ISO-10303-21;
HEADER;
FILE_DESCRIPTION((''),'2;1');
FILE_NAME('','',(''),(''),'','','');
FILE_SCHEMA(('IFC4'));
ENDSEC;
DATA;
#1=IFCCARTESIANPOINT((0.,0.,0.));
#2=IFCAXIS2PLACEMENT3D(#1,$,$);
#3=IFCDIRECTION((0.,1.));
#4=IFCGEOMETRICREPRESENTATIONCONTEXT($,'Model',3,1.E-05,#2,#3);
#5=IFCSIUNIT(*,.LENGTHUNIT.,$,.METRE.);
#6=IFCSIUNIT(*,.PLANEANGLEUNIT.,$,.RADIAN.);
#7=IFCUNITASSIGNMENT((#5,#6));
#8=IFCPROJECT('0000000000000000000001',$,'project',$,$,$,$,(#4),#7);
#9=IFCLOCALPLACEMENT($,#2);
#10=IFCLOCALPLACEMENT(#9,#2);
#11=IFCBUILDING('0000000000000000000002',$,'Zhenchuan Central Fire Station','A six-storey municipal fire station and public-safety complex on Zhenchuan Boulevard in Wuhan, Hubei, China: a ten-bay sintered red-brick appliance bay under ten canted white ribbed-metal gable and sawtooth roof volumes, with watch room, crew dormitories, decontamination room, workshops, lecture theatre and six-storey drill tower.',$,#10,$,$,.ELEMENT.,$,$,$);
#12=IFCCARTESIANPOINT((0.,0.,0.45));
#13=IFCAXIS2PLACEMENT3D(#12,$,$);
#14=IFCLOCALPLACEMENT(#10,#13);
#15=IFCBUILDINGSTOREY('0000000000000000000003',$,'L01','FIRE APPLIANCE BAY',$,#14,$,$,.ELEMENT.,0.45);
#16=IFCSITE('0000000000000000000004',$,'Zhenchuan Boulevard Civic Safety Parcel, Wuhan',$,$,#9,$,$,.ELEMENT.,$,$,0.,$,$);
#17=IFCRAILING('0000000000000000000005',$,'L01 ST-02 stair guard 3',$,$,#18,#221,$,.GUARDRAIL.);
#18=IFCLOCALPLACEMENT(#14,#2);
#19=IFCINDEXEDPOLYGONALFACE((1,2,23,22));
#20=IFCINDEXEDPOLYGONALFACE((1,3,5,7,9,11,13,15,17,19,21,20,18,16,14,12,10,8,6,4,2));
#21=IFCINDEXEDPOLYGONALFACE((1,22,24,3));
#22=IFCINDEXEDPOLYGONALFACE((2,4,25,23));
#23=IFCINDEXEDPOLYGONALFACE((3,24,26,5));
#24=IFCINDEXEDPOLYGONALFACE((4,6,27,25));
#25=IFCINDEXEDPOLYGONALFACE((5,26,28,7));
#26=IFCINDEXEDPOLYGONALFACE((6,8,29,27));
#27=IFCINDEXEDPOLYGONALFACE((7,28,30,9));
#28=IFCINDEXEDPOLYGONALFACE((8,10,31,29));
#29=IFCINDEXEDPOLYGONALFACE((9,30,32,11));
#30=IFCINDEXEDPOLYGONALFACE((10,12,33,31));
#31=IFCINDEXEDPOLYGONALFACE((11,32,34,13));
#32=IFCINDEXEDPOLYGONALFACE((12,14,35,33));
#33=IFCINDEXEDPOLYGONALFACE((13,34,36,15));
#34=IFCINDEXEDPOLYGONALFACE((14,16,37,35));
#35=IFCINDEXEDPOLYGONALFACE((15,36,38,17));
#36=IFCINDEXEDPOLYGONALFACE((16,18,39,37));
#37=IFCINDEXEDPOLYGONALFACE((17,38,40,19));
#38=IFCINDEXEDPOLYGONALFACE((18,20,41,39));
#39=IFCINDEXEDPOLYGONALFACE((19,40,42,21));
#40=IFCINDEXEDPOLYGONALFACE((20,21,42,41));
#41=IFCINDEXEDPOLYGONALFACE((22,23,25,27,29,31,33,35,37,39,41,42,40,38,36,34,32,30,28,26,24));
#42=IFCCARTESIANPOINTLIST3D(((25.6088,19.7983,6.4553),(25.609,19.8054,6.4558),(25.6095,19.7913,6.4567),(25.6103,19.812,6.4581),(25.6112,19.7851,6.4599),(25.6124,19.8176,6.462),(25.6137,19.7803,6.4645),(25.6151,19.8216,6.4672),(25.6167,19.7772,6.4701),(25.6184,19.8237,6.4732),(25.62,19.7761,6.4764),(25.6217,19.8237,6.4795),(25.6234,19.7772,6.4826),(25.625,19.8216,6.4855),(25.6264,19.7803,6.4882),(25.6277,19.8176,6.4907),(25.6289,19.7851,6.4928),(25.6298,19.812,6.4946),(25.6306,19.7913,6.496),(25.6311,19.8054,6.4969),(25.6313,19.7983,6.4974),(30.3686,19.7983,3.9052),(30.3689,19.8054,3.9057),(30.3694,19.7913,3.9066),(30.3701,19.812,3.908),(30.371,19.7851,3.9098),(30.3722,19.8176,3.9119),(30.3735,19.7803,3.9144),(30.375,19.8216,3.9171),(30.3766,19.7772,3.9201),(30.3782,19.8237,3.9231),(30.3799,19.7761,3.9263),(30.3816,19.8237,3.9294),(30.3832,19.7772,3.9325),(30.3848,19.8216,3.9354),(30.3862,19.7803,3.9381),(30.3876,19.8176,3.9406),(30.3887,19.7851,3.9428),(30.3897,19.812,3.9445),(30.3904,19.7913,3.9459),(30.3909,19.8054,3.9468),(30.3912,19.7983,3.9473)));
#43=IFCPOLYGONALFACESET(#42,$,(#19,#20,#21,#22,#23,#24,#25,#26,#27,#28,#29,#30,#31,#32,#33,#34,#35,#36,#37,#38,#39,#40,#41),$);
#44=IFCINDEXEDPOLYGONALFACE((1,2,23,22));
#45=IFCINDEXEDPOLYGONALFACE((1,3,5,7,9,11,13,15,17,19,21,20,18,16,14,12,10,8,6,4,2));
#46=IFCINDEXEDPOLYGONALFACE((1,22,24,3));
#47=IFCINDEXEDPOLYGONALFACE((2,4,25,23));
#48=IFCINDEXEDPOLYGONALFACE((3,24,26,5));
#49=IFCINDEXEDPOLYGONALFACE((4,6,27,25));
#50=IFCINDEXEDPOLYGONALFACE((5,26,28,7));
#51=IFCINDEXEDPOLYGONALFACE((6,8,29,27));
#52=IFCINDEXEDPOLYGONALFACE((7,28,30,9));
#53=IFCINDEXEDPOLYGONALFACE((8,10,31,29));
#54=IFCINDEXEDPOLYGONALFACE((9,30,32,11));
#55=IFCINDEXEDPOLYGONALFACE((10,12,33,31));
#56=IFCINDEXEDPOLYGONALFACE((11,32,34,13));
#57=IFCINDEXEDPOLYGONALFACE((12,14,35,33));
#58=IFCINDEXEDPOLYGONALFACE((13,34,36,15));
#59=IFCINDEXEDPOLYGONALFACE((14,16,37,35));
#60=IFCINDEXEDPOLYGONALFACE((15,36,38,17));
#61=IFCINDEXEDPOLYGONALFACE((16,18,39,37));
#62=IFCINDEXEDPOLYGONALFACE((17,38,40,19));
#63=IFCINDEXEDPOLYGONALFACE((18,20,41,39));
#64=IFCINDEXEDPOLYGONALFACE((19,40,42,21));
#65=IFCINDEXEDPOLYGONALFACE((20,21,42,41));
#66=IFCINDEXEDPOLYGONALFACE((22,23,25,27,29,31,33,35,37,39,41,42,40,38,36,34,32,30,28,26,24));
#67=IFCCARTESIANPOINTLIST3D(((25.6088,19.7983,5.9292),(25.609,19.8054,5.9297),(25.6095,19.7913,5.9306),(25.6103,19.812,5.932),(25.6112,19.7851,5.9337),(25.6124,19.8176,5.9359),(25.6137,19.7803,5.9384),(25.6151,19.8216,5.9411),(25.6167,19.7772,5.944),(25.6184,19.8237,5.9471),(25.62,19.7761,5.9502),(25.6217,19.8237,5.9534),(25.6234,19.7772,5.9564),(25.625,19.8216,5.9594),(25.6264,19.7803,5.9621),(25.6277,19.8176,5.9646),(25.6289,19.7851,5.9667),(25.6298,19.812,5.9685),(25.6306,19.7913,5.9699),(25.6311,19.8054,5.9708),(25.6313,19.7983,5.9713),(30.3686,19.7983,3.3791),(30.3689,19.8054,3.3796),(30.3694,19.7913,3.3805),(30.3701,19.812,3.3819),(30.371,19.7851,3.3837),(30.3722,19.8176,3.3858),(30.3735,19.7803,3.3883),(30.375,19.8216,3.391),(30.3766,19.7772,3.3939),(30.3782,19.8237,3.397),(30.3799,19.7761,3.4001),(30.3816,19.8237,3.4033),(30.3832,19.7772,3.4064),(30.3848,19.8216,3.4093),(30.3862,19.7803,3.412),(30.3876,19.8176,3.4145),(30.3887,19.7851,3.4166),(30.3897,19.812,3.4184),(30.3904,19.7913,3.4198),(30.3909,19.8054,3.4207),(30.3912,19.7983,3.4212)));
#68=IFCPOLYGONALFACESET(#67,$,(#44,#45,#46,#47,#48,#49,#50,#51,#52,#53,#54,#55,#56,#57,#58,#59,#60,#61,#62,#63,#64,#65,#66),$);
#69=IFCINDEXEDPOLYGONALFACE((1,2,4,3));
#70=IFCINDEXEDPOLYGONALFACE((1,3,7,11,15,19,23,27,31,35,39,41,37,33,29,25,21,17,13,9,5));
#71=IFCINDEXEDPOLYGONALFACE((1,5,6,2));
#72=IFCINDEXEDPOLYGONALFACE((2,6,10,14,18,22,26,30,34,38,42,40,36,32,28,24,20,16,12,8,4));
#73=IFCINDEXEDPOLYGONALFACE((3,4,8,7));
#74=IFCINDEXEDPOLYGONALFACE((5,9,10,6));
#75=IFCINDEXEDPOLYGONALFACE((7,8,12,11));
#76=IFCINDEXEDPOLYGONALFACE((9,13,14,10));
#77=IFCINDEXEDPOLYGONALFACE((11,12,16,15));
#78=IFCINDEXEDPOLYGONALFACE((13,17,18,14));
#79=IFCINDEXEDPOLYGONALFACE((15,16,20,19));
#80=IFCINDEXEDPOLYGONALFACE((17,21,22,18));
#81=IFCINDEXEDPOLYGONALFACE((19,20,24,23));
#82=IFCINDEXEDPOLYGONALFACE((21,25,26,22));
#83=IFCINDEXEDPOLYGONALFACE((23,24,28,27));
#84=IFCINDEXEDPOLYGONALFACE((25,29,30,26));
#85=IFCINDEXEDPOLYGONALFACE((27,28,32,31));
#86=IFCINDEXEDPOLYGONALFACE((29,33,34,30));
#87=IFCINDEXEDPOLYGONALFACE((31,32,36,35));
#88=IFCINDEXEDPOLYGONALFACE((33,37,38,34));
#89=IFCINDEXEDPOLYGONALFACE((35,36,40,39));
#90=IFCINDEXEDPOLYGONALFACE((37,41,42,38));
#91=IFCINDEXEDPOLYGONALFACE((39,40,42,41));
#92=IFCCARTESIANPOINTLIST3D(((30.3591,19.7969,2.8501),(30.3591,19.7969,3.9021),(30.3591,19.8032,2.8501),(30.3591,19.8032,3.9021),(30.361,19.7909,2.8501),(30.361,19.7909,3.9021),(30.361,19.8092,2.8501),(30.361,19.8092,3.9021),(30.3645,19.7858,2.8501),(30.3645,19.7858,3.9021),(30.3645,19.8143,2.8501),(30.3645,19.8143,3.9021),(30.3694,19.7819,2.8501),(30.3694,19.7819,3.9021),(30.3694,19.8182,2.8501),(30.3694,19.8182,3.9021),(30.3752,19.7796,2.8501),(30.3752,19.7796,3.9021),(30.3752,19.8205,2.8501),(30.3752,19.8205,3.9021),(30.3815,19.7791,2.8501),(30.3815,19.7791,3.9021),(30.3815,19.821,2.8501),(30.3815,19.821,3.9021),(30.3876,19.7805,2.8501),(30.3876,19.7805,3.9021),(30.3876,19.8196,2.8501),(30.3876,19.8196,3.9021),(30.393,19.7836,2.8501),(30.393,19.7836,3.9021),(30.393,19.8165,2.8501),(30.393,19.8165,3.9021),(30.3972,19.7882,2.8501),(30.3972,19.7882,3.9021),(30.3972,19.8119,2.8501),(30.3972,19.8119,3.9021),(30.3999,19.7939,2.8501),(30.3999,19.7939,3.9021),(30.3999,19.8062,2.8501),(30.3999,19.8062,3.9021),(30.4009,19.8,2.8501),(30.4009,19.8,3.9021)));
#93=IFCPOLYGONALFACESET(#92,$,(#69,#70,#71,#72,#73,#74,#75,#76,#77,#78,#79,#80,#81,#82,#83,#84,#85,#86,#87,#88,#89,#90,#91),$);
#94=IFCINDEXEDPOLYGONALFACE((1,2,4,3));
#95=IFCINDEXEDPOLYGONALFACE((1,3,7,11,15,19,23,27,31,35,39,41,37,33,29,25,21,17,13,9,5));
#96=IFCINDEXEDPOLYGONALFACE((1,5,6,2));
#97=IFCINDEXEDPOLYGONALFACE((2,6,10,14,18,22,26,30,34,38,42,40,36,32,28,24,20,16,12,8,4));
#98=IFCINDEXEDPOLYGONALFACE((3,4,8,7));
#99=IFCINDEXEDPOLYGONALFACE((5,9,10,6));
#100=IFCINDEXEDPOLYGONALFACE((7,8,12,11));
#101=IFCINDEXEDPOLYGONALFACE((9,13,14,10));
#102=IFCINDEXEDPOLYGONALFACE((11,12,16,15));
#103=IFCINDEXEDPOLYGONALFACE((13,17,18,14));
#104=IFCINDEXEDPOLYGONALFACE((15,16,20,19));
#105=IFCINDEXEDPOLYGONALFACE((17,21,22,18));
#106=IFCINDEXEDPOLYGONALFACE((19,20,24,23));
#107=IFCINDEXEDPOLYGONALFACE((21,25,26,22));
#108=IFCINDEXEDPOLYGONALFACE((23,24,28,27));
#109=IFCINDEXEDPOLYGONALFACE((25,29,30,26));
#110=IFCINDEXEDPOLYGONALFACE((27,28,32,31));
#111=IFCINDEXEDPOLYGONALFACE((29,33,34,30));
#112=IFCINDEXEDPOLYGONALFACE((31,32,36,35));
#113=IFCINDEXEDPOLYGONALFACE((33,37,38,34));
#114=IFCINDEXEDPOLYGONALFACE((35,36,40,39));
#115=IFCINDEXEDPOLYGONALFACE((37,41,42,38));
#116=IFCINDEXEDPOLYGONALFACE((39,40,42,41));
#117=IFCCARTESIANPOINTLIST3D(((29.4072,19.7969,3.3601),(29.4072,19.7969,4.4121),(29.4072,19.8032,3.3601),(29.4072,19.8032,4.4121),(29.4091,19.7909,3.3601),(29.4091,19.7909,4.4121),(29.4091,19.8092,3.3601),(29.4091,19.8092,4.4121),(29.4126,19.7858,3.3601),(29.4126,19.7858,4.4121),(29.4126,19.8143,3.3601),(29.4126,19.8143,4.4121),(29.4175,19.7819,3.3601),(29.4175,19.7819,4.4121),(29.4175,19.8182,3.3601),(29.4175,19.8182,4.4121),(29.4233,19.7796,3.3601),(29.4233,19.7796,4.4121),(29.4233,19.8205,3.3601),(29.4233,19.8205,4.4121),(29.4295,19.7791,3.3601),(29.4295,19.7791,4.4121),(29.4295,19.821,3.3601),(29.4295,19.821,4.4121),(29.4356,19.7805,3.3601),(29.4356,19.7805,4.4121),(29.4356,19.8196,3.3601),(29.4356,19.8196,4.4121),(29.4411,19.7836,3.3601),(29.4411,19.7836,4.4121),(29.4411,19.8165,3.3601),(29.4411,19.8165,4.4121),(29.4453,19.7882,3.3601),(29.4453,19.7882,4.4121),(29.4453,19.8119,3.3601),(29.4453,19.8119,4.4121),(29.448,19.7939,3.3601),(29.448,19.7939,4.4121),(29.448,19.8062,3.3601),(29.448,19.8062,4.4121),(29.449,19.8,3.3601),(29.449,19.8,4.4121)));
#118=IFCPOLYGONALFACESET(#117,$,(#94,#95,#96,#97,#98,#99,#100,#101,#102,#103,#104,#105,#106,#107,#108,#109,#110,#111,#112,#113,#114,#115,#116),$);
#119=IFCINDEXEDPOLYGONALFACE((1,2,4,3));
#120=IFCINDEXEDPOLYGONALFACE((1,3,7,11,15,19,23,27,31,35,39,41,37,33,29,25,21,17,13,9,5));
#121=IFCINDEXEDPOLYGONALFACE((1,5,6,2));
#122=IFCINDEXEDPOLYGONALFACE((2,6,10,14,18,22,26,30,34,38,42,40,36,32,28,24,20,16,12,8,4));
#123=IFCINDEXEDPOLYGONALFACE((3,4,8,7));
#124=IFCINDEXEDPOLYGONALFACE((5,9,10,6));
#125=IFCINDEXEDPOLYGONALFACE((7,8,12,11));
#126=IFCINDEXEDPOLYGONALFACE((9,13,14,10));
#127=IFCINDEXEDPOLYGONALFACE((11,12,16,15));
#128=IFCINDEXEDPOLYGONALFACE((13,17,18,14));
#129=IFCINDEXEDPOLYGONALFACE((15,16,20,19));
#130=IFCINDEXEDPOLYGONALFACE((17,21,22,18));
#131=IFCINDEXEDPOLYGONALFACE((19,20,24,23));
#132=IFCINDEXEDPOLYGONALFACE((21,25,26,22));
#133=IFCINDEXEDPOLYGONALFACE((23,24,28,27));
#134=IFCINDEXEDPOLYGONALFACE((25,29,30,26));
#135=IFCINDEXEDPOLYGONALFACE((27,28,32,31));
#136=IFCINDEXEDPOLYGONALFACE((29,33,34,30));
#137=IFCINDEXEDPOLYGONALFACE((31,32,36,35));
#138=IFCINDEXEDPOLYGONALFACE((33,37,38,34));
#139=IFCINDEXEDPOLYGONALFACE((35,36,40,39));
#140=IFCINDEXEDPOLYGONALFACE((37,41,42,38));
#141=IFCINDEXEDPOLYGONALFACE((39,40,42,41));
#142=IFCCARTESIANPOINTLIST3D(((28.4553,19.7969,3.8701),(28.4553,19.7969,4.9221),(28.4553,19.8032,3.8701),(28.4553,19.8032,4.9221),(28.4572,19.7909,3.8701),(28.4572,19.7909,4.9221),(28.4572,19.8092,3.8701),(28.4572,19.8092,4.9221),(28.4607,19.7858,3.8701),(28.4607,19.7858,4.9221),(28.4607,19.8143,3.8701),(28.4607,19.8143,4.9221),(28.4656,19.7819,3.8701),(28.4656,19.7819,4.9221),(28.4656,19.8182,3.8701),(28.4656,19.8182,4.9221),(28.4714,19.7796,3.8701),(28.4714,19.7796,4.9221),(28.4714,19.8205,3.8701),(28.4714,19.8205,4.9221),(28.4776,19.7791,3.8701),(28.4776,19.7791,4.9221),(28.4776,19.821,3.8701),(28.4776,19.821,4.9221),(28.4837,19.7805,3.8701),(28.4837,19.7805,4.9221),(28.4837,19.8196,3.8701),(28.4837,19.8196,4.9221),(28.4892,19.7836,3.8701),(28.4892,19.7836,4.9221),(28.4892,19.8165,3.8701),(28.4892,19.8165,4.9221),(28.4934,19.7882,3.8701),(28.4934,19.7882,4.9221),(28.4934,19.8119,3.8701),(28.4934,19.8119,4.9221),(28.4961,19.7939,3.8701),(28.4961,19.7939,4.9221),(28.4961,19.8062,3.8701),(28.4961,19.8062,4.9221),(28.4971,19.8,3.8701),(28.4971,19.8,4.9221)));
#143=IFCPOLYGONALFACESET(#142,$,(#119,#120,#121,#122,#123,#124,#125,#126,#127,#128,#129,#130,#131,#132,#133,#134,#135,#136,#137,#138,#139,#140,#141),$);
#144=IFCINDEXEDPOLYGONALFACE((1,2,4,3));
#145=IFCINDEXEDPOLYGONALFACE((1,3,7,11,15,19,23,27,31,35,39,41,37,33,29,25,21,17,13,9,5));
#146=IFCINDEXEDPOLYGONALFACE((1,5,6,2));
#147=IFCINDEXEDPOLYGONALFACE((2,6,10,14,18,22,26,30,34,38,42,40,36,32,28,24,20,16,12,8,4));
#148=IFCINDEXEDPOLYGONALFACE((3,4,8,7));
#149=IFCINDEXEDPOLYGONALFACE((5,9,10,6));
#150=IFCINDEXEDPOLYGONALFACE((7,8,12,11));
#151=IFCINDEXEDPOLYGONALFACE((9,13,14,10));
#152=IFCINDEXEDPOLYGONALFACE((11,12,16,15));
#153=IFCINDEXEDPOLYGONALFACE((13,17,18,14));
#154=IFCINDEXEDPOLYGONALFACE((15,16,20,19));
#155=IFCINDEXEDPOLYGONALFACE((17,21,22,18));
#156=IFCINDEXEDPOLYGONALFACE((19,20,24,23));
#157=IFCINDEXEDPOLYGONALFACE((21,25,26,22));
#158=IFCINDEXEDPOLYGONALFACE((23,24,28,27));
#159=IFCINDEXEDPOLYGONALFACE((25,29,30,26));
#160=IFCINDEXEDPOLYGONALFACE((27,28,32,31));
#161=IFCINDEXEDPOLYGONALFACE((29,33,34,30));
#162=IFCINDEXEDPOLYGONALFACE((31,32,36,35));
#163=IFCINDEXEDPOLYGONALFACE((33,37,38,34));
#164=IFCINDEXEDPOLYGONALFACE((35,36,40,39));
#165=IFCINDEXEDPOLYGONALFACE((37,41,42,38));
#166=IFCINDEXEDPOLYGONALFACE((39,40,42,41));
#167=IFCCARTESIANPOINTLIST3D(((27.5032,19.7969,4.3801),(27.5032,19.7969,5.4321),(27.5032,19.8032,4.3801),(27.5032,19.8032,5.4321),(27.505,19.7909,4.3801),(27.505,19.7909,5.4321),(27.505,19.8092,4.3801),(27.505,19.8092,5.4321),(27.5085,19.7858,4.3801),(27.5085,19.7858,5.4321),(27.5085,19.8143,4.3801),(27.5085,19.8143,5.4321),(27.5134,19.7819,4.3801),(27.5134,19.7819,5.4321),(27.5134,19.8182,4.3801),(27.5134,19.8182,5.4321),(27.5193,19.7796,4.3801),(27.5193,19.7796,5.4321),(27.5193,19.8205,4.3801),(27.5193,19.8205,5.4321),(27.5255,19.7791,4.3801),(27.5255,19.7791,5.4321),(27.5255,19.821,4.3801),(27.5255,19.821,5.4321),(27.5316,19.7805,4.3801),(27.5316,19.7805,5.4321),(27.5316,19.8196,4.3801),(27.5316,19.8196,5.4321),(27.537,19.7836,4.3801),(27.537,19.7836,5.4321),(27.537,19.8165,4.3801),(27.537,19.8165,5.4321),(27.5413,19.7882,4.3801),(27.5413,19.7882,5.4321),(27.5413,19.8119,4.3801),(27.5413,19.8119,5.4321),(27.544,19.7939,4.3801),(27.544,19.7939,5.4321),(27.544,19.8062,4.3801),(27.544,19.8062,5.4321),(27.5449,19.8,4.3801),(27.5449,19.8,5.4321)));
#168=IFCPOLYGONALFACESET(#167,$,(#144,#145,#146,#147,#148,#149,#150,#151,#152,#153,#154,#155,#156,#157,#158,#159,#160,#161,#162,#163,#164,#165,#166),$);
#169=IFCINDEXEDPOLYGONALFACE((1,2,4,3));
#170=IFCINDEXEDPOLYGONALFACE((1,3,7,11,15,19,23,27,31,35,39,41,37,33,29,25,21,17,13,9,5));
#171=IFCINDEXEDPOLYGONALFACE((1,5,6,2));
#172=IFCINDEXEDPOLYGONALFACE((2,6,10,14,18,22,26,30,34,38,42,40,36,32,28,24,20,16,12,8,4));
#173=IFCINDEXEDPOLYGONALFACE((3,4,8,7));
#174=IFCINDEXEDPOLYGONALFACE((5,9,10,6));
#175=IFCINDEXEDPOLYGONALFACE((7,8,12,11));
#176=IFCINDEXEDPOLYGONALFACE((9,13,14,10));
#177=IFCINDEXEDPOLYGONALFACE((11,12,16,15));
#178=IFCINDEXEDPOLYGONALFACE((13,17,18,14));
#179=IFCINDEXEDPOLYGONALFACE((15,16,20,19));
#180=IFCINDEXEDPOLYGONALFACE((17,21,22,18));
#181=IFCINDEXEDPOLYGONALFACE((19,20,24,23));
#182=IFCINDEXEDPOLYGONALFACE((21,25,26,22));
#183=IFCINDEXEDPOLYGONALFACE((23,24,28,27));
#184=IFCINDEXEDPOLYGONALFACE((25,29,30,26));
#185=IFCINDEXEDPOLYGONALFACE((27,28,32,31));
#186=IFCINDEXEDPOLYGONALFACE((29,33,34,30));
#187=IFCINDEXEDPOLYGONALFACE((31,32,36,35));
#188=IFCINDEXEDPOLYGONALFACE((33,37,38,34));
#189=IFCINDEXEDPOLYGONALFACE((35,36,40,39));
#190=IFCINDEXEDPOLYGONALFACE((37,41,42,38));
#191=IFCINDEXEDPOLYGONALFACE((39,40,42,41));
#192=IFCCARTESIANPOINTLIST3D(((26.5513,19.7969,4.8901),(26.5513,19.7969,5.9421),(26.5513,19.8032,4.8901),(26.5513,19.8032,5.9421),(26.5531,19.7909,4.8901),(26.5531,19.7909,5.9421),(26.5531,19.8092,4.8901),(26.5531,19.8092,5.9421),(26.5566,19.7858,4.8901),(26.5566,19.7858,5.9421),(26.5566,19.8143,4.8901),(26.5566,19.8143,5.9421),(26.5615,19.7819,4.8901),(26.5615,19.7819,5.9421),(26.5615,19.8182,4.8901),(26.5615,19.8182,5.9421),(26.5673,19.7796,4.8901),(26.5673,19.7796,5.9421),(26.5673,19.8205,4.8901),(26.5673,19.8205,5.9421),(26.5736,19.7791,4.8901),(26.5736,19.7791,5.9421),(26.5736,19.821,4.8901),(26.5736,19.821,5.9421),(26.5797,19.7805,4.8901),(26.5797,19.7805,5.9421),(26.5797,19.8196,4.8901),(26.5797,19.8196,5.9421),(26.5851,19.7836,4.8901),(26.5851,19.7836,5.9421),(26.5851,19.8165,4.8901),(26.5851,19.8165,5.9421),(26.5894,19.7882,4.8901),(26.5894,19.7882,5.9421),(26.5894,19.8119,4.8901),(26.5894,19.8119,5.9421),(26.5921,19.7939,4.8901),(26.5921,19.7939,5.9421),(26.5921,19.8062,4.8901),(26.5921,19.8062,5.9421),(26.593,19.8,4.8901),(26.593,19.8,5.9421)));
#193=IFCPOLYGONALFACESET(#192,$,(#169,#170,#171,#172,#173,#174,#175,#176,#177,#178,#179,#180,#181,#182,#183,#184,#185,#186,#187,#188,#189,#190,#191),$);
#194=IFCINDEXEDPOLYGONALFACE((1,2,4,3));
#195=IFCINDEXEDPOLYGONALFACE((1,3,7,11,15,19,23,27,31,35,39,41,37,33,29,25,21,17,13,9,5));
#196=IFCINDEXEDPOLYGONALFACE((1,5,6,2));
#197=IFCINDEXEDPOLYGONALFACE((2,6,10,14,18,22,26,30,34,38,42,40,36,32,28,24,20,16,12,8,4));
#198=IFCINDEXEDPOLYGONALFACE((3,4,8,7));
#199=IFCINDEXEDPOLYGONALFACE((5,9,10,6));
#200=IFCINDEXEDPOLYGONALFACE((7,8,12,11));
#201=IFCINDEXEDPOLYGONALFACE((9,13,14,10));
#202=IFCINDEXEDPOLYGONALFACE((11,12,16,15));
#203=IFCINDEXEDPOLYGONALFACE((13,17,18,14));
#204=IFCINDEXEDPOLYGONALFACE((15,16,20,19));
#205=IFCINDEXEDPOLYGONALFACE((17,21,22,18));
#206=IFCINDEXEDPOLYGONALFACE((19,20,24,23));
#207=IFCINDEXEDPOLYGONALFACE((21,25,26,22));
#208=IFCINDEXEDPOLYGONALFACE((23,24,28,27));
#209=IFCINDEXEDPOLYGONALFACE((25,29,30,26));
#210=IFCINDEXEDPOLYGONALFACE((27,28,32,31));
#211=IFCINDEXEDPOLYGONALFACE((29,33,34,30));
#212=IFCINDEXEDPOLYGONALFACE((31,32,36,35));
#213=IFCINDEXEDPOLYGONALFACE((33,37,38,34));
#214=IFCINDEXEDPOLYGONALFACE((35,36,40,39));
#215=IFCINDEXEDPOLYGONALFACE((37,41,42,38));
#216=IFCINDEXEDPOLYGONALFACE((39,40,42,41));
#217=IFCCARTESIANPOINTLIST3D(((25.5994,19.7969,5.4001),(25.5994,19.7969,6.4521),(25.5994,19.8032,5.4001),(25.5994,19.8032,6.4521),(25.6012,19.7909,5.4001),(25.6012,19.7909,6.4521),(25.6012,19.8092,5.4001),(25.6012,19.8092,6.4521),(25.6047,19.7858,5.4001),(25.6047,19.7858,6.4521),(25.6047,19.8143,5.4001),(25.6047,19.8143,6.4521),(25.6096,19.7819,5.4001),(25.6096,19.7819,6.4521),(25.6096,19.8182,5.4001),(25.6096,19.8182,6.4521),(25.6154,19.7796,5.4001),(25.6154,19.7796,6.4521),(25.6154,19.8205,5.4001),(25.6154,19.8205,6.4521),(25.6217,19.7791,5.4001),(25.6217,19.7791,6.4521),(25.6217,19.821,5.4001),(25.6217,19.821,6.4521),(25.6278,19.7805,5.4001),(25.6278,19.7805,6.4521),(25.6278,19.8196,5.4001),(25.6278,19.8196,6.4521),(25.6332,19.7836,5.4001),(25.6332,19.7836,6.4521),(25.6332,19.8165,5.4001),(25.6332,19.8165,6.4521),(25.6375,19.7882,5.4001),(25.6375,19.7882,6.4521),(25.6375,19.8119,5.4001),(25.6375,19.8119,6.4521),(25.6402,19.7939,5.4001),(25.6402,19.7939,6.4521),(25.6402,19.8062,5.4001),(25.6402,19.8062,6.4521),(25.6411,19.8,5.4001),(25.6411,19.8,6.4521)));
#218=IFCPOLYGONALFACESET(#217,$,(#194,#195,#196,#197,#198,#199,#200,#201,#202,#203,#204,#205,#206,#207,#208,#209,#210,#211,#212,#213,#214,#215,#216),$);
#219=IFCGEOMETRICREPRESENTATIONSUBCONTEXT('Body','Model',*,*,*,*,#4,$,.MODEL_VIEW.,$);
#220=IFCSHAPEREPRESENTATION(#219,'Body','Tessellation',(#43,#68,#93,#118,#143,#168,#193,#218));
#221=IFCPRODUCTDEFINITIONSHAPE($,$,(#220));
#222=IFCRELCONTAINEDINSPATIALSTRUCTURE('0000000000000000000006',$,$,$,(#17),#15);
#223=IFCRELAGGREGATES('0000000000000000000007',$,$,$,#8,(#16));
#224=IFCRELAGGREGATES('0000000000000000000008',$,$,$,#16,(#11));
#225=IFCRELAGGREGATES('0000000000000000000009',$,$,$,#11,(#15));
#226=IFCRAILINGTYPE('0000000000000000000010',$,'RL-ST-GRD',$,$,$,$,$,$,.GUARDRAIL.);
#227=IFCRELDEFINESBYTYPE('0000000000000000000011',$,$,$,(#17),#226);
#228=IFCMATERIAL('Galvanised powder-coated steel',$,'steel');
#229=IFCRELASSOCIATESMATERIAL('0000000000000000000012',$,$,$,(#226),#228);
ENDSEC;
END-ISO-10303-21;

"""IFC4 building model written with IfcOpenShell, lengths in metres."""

from ifc_helpers import new_model, si_unit, direction, frame, origin, origin_2d, place, context, subcontext, project, spatial, circle, extrude, material, type_object, element, save


model = new_model("IFC4")

# Units and contexts
model_context = context("Model", 3, precision=1e-05, world=origin(), true_north=direction((0.0, 1.0)))
body_context = subcontext(model_context, "Body", "Model", "MODEL_VIEW")
ifc_project = project(units=[si_unit("LENGTHUNIT", "METRE"), si_unit("PLANEANGLEUNIT", "RADIAN")], contexts=[model_context])

# Site, building, storey
site_placement = place(None, origin())
site = spatial("IfcSite", under=ifc_project, at=site_placement, Name="Zhenchuan Boulevard Civic Safety Parcel, Wuhan", CompositionType="ELEMENT", RefElevation=0.0)
building_placement = place(site_placement, origin())
building = spatial("IfcBuilding", under=site, at=building_placement, Name="Zhenchuan Central Fire Station", Description="A six-storey municipal fire station and public-safety complex on Zhenchuan Boulevard in Wuhan, Hubei, China: a ten-bay sintered red-brick appliance bay under ten canted white ribbed-metal gable and sawtooth roof volumes, with watch room, crew dormitories, decontamination room, workshops, lecture theatre and six-storey drill tower.", CompositionType="ELEMENT")
storey_placement = place(building_placement, frame((0.0, 0.0, 0.45)))
storey = spatial("IfcBuildingStorey", under=building, at=storey_placement, Name="L01", Description="FIRE APPLIANCE BAY", CompositionType="ELEMENT", Elevation=0.45)

# Railing
ifc_material_1 = material(Name="Galvanised powder-coated steel", Category="steel")
railing_type_1 = type_object("IfcRailingType", Name="RL-ST-GRD", PredefinedType="GUARDRAIL", material=ifc_material_1)
railing_1_placement = place(storey_placement, frame((30.3799, 19.8, 2.8501)))
element("IfcRailing", 1, at=railing_1_placement, inside=storey, type_object=railing_type_1, Name="L01 ST-02 stair guard 3", PredefinedType="GUARDRAIL", context=body_context, shape_type="SweptSolid", body=[
    extrude(circle(Radius=0.0239, at=origin_2d()), frame((0.0, 0.0, 1.0762), z_axis=(-0.881467, 0.0, 0.472247), x_axis=(0.0, -1.0, 0.0)), (0.0, 0.0, 1.0), 5.3999),
    extrude(circle(Radius=0.0239, at=origin_2d()), frame((0.0, 0.0, 0.55), z_axis=(-0.881467, 0.0, 0.472247), x_axis=(0.0, -1.0, 0.0)), (0.0, 0.0, 1.0), 5.3999),
    extrude(circle(Radius=0.021, at=origin_2d()), origin(), (0.0, 0.0, 1.0), 1.052),
    extrude(circle(Radius=0.021, at=origin_2d()), frame((-0.9519, 0.0, 0.51)), (0.0, 0.0, 1.0), 1.052),
    extrude(circle(Radius=0.021, at=origin_2d()), frame((-1.9038, 0.0, 1.02)), (0.0, 0.0, 1.0), 1.052),
    extrude(circle(Radius=0.021, at=origin_2d()), frame((-2.856, 0.0, 1.53)), (0.0, 0.0, 1.0), 1.052),
    extrude(circle(Radius=0.021, at=origin_2d()), frame((-3.8079, 0.0, 2.04)), (0.0, 0.0, 1.0), 1.052),
    extrude(circle(Radius=0.021, at=origin_2d()), frame((-4.7598, 0.0, 2.55)), (0.0, 0.0, 1.0), 1.052),
])

save(model, "model.ifc")
